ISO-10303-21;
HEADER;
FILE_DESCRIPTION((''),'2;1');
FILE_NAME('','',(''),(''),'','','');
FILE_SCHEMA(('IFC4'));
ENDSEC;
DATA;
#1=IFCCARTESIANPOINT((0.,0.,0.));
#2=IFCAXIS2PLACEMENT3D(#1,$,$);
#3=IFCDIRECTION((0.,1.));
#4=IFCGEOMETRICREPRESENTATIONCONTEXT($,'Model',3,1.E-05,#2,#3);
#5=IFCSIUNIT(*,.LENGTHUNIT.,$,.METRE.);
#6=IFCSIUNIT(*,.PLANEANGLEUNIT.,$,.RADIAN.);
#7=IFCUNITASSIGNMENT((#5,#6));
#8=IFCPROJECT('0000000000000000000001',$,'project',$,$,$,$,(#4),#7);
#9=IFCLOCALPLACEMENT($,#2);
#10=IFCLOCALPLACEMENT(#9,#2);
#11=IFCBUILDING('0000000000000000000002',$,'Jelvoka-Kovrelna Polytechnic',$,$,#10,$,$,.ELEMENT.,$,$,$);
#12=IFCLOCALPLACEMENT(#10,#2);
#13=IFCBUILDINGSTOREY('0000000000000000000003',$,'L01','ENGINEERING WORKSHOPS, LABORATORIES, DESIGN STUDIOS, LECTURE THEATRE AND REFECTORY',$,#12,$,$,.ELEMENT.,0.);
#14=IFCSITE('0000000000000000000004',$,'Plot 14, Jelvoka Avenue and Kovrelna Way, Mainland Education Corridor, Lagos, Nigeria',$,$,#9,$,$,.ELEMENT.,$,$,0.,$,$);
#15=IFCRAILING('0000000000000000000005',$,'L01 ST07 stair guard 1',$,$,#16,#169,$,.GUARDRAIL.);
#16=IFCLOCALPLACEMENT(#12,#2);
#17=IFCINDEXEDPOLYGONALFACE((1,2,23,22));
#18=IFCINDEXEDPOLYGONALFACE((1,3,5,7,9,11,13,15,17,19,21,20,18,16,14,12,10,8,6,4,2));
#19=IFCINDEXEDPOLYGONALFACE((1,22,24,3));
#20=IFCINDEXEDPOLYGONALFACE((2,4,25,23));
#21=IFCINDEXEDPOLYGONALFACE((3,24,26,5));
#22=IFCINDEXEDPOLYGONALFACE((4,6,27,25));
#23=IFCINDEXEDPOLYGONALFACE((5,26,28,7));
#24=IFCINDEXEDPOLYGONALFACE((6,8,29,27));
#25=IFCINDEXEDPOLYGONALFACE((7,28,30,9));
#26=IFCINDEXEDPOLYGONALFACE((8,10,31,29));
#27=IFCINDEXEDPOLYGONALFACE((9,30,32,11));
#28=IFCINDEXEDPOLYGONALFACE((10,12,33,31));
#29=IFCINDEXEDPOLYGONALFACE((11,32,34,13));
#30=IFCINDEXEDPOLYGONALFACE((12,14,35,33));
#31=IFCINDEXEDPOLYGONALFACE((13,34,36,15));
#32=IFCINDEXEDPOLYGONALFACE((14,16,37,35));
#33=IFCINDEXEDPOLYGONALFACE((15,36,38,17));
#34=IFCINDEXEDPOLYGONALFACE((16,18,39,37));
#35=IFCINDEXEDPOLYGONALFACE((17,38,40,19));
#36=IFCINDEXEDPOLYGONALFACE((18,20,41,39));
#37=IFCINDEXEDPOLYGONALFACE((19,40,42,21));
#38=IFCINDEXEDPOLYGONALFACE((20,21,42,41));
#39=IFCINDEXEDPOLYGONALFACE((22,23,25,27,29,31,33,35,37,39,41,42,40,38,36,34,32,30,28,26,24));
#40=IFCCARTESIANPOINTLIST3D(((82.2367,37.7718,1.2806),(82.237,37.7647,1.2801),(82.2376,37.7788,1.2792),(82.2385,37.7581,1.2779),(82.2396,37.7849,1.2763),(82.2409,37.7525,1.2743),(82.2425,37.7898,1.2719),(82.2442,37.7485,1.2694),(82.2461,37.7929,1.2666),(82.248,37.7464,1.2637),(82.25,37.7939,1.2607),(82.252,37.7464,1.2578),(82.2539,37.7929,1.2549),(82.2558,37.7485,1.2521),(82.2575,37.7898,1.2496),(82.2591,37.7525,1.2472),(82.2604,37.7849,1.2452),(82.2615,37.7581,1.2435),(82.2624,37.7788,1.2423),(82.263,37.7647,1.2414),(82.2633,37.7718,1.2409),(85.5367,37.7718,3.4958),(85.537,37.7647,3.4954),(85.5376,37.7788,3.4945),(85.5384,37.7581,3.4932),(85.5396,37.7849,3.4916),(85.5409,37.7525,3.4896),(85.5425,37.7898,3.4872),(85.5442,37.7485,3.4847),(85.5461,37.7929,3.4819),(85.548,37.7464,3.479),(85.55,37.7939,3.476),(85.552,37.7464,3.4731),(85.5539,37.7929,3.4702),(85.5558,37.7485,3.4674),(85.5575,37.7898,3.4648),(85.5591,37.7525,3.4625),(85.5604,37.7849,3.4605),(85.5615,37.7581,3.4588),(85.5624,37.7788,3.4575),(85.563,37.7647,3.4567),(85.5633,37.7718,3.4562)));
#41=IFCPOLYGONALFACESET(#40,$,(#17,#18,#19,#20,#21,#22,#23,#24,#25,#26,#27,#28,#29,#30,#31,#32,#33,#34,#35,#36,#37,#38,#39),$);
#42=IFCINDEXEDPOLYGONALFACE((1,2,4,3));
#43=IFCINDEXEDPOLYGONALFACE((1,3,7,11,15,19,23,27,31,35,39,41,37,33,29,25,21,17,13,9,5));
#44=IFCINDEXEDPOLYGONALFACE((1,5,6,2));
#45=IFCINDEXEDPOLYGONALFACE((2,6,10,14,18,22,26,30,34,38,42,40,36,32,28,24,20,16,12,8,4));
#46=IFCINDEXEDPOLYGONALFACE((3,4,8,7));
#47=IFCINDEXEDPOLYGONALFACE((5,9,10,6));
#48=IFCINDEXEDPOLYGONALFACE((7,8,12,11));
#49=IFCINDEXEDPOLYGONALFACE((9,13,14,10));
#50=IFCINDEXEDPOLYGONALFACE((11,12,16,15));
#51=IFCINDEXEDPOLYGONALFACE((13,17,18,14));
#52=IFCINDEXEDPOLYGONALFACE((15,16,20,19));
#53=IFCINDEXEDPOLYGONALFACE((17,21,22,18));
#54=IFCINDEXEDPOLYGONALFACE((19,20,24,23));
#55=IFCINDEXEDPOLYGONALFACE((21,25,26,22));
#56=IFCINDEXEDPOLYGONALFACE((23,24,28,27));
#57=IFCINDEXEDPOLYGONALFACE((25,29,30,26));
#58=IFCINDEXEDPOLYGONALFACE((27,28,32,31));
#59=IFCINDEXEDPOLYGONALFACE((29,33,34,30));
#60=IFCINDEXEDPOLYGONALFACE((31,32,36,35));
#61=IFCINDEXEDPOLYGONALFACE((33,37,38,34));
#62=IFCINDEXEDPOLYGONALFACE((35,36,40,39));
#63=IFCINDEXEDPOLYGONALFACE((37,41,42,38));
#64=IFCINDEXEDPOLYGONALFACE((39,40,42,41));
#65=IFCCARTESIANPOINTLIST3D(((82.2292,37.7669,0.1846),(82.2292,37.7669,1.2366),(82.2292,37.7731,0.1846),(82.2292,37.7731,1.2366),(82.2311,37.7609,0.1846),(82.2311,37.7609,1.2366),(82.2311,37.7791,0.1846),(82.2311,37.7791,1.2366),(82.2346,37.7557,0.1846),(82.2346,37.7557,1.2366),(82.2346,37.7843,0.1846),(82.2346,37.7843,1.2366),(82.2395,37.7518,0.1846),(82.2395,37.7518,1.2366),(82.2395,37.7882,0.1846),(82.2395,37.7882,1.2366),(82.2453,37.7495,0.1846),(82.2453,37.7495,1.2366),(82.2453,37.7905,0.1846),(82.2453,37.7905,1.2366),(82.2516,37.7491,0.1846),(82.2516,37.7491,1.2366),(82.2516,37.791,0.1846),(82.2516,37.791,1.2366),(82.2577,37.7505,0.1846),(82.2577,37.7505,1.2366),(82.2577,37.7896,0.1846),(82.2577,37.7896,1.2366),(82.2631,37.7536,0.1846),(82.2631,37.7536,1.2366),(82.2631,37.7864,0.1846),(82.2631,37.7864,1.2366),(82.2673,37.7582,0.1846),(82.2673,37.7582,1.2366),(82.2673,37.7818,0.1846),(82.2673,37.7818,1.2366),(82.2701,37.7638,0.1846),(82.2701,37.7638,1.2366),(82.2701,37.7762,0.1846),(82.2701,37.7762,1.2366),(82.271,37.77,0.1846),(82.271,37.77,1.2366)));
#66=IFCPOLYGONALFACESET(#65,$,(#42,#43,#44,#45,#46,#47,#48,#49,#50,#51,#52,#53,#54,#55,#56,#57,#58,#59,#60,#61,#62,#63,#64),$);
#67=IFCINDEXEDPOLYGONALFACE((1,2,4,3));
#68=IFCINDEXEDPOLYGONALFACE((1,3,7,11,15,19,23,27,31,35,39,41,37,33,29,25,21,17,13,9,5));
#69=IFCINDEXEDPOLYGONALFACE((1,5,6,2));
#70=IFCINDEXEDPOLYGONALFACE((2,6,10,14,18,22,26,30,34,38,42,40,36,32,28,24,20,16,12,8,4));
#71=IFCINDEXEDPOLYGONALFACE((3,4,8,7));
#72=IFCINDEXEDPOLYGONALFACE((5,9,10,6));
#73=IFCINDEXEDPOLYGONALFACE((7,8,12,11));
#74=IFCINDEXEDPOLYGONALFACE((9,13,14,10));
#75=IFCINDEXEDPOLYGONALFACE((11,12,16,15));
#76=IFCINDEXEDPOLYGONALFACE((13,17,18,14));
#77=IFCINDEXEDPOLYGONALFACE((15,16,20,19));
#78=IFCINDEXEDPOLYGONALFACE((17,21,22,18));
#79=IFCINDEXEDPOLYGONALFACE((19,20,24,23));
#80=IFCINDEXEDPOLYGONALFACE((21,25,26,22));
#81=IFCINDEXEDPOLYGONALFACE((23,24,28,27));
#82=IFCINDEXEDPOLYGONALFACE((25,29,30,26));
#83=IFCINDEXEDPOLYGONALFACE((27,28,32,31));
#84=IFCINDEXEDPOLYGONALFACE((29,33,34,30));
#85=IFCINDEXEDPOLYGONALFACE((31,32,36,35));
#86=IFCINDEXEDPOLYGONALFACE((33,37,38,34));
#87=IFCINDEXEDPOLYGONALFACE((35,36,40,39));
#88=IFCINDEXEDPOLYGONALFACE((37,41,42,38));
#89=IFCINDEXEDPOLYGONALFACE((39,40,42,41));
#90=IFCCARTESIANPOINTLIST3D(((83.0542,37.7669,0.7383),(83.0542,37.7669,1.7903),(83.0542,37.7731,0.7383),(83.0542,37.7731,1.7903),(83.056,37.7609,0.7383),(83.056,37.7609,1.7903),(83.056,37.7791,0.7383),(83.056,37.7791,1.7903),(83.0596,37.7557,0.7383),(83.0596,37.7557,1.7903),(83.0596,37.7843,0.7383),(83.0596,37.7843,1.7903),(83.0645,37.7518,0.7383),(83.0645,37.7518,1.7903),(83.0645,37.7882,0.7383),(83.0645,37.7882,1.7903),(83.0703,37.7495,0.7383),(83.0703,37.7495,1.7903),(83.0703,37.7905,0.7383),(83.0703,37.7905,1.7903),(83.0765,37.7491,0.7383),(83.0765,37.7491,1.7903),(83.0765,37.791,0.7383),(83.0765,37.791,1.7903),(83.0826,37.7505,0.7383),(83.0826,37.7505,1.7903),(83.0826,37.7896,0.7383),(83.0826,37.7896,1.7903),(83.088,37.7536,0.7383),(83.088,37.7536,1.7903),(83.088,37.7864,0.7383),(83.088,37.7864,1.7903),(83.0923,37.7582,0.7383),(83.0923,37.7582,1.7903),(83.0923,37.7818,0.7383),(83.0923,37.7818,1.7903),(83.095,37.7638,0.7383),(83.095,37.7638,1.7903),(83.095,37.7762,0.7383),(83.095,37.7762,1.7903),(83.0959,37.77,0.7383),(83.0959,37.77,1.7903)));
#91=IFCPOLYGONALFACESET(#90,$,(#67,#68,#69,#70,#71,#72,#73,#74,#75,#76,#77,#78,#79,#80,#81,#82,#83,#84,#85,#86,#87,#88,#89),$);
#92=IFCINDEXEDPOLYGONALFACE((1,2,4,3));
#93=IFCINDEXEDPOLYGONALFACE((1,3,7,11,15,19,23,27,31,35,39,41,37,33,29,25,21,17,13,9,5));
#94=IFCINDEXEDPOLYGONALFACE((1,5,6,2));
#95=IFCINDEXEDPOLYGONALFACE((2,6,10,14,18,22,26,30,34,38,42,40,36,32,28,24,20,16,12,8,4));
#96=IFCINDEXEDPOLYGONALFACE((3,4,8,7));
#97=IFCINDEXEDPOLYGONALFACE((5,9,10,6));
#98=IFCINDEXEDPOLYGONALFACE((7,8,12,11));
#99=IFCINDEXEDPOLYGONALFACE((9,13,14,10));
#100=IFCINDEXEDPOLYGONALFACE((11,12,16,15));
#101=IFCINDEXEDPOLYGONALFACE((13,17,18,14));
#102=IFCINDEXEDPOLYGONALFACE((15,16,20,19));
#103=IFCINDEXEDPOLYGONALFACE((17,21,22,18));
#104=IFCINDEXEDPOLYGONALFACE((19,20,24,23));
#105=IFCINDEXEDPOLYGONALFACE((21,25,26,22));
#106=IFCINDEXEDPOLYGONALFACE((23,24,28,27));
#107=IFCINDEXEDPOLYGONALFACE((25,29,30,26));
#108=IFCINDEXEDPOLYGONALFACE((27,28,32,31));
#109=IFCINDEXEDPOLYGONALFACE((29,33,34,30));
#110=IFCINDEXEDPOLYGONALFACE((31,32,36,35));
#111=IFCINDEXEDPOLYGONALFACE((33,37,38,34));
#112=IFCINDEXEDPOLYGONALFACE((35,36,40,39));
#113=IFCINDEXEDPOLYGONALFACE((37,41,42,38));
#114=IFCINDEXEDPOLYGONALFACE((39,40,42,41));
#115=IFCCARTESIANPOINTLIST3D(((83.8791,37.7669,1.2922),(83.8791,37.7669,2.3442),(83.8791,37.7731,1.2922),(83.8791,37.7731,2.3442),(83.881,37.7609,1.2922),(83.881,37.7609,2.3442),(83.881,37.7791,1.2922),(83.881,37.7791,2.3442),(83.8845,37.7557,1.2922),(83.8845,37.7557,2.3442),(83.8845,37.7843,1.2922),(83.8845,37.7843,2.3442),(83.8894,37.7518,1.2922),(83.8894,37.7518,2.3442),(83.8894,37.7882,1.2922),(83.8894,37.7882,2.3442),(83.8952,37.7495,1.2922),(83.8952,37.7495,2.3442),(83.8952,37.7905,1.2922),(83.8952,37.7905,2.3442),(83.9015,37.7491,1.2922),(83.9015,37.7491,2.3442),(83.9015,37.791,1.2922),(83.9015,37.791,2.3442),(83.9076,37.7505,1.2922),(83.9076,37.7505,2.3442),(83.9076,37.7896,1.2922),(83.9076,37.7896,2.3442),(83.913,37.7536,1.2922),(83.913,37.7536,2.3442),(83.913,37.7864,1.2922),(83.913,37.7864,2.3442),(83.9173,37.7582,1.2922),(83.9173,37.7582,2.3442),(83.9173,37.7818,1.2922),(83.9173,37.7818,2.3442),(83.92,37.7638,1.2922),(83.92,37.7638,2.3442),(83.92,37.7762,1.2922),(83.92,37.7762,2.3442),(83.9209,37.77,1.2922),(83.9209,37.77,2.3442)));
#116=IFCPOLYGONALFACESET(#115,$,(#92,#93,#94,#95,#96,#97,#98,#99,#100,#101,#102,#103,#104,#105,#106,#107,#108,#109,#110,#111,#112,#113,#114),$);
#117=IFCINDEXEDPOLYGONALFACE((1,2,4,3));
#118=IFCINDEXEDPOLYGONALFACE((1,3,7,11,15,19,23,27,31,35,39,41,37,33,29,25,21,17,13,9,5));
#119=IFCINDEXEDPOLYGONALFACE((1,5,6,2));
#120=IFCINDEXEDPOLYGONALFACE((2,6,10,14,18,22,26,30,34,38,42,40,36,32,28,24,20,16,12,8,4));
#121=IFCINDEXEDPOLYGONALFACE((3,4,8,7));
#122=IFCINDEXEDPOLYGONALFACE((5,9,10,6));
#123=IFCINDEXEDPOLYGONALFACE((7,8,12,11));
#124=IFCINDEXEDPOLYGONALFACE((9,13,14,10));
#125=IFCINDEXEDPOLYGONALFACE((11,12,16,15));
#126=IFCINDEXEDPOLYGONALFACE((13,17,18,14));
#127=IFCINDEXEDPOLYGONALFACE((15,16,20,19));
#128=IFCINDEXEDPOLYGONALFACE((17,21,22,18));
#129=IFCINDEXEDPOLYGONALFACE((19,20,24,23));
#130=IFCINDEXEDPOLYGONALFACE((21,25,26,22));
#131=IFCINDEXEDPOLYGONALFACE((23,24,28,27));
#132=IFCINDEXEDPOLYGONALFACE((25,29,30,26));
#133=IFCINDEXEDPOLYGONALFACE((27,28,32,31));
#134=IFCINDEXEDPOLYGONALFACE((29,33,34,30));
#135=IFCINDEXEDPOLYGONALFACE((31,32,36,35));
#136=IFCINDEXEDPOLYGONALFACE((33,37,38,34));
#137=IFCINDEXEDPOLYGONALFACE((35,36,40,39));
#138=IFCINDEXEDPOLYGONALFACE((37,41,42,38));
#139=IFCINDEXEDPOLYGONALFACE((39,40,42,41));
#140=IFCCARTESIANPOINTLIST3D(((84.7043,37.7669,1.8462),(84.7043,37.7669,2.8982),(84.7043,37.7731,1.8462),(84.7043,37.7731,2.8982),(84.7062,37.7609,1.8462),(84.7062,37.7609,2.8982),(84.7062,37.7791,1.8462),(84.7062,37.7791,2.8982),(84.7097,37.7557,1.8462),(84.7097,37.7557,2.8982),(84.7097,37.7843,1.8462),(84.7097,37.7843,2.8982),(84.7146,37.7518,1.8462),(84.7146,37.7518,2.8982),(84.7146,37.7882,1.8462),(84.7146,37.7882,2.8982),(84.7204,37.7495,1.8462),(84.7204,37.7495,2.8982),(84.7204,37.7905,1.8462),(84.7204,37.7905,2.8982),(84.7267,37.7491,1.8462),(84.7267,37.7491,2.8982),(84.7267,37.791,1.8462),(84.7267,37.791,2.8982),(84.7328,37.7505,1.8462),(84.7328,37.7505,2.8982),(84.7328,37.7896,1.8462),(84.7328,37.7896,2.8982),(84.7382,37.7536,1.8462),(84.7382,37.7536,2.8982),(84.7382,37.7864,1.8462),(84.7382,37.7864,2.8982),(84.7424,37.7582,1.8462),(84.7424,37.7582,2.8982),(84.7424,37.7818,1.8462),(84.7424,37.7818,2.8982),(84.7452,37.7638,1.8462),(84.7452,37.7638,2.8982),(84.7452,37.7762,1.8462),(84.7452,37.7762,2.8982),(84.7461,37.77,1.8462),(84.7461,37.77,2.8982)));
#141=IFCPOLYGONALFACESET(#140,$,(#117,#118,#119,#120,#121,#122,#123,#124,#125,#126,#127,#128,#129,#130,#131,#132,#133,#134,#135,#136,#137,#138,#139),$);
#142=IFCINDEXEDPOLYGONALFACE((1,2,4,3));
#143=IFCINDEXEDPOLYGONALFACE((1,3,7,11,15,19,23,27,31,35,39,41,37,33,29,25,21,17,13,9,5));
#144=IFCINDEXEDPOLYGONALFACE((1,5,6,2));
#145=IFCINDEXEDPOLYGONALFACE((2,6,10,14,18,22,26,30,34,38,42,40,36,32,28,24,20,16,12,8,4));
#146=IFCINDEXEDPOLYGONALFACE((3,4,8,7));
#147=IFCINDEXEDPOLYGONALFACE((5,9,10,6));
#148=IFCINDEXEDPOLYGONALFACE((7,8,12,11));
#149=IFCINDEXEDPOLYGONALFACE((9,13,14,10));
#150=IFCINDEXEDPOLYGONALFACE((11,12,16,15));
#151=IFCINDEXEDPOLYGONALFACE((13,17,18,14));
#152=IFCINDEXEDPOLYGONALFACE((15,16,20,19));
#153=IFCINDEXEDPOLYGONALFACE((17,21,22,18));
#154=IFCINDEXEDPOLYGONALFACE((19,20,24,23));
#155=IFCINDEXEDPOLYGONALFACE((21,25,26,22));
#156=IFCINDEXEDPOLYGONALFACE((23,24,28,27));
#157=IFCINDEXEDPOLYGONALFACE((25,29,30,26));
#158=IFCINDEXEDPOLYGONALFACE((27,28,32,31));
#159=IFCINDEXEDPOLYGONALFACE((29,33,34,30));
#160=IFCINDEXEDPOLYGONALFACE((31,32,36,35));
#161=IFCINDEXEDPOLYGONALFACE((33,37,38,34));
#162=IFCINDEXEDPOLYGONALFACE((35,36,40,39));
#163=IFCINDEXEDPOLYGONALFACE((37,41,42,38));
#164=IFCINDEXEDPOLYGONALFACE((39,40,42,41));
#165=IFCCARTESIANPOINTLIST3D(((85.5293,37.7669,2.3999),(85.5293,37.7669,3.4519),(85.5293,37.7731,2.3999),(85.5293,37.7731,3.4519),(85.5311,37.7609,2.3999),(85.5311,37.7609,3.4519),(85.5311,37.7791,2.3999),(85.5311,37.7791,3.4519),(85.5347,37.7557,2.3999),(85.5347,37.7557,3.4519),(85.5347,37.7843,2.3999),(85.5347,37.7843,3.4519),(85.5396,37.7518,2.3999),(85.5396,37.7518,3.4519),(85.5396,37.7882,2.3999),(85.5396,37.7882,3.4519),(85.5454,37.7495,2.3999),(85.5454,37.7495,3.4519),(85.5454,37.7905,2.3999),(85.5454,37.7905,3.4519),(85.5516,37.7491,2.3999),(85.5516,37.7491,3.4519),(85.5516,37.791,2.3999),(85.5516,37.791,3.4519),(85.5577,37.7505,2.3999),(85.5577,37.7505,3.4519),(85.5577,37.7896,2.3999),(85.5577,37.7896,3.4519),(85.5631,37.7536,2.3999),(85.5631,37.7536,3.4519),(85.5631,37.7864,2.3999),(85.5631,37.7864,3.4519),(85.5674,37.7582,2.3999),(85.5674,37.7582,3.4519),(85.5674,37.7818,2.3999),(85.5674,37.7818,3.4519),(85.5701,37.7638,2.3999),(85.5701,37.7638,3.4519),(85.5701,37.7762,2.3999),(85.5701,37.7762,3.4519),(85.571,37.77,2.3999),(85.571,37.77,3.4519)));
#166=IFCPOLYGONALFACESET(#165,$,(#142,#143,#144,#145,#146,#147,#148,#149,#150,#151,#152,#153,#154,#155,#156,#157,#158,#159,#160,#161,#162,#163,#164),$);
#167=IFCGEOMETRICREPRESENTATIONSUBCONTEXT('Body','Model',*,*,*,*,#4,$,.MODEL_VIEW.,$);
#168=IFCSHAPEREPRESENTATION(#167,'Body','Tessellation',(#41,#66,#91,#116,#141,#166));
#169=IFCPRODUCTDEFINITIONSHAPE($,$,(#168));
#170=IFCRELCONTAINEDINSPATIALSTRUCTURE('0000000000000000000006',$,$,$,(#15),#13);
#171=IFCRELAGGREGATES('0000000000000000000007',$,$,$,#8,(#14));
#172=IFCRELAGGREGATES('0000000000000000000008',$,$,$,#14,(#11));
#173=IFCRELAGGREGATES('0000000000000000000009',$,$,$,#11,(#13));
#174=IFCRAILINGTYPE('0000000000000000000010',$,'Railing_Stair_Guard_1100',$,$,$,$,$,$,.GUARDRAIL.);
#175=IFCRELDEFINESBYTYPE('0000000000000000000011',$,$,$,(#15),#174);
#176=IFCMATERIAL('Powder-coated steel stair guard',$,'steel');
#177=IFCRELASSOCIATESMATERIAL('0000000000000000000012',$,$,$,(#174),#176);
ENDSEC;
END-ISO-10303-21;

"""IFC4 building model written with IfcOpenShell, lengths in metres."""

from ifc_helpers import new_model, si_unit, direction, frame, origin, origin_2d, place, context, subcontext, project, spatial, circle, extrude, material, type_object, element, save


model = new_model("IFC4")

# Units and contexts
model_context = context("Model", 3, precision=1e-05, world=origin(), true_north=direction((0.0, 1.0)))
body_context = subcontext(model_context, "Body", "Model", "MODEL_VIEW")
ifc_project = project(units=[si_unit("LENGTHUNIT", "METRE"), si_unit("PLANEANGLEUNIT", "RADIAN")], contexts=[model_context])

# Site, building, storey
site_placement = place(None, origin())
site = spatial("IfcSite", under=ifc_project, at=site_placement, Name="Plot 14, Jelvoka Avenue and Kovrelna Way, Mainland Education Corridor, Lagos, Nigeria", CompositionType="ELEMENT", RefElevation=0.0)
building_placement = place(site_placement, origin())
building = spatial("IfcBuilding", under=site, at=building_placement, Name="Jelvoka-Kovrelna Polytechnic", CompositionType="ELEMENT")
storey_placement = place(building_placement, origin())
storey = spatial("IfcBuildingStorey", under=building, at=storey_placement, Name="L01", Description="ENGINEERING WORKSHOPS, LABORATORIES, DESIGN STUDIOS, LECTURE THEATRE AND REFECTORY", CompositionType="ELEMENT", Elevation=0.0)

# Railing
ifc_material_1 = material(Name="Powder-coated steel stair guard", Category="steel")
railing_type_1 = type_object("IfcRailingType", Name="Railing_Stair_Guard_1100", PredefinedType="GUARDRAIL", material=ifc_material_1)
railing_1_placement = place(storey_placement, frame((82.25, 37.77, 0.1846)))
element("IfcRailing", 1, at=railing_1_placement, inside=storey, type_object=railing_type_1, Name="L01 ST07 stair guard 1", PredefinedType="GUARDRAIL", context=body_context, shape_type="SweptSolid", body=[
    extrude(circle(Radius=0.0239, at=origin_2d()), frame((0.0, 0.0, 1.0762), z_axis=(0.830269, 0.0, 0.557362), x_axis=(0.0, 1.0, 0.0)), (0.0, 0.0, 1.0), 3.9746),
    extrude(circle(Radius=0.021, at=origin_2d()), origin(), (0.0, 0.0, 1.0), 1.052),
    extrude(circle(Radius=0.021, at=origin_2d()), frame((0.825, 0.0, 0.5537)), (0.0, 0.0, 1.0), 1.052),
    extrude(circle(Radius=0.021, at=origin_2d()), frame((1.6499, 0.0, 1.1077)), (0.0, 0.0, 1.0), 1.052),
    extrude(circle(Radius=0.021, at=origin_2d()), frame((2.4751, 0.0, 1.6616)), (0.0, 0.0, 1.0), 1.052),
    extrude(circle(Radius=0.021, at=origin_2d()), frame((3.3, 0.0, 2.2153)), (0.0, 0.0, 1.0), 1.052),
])

save(model, "model.ifc")
